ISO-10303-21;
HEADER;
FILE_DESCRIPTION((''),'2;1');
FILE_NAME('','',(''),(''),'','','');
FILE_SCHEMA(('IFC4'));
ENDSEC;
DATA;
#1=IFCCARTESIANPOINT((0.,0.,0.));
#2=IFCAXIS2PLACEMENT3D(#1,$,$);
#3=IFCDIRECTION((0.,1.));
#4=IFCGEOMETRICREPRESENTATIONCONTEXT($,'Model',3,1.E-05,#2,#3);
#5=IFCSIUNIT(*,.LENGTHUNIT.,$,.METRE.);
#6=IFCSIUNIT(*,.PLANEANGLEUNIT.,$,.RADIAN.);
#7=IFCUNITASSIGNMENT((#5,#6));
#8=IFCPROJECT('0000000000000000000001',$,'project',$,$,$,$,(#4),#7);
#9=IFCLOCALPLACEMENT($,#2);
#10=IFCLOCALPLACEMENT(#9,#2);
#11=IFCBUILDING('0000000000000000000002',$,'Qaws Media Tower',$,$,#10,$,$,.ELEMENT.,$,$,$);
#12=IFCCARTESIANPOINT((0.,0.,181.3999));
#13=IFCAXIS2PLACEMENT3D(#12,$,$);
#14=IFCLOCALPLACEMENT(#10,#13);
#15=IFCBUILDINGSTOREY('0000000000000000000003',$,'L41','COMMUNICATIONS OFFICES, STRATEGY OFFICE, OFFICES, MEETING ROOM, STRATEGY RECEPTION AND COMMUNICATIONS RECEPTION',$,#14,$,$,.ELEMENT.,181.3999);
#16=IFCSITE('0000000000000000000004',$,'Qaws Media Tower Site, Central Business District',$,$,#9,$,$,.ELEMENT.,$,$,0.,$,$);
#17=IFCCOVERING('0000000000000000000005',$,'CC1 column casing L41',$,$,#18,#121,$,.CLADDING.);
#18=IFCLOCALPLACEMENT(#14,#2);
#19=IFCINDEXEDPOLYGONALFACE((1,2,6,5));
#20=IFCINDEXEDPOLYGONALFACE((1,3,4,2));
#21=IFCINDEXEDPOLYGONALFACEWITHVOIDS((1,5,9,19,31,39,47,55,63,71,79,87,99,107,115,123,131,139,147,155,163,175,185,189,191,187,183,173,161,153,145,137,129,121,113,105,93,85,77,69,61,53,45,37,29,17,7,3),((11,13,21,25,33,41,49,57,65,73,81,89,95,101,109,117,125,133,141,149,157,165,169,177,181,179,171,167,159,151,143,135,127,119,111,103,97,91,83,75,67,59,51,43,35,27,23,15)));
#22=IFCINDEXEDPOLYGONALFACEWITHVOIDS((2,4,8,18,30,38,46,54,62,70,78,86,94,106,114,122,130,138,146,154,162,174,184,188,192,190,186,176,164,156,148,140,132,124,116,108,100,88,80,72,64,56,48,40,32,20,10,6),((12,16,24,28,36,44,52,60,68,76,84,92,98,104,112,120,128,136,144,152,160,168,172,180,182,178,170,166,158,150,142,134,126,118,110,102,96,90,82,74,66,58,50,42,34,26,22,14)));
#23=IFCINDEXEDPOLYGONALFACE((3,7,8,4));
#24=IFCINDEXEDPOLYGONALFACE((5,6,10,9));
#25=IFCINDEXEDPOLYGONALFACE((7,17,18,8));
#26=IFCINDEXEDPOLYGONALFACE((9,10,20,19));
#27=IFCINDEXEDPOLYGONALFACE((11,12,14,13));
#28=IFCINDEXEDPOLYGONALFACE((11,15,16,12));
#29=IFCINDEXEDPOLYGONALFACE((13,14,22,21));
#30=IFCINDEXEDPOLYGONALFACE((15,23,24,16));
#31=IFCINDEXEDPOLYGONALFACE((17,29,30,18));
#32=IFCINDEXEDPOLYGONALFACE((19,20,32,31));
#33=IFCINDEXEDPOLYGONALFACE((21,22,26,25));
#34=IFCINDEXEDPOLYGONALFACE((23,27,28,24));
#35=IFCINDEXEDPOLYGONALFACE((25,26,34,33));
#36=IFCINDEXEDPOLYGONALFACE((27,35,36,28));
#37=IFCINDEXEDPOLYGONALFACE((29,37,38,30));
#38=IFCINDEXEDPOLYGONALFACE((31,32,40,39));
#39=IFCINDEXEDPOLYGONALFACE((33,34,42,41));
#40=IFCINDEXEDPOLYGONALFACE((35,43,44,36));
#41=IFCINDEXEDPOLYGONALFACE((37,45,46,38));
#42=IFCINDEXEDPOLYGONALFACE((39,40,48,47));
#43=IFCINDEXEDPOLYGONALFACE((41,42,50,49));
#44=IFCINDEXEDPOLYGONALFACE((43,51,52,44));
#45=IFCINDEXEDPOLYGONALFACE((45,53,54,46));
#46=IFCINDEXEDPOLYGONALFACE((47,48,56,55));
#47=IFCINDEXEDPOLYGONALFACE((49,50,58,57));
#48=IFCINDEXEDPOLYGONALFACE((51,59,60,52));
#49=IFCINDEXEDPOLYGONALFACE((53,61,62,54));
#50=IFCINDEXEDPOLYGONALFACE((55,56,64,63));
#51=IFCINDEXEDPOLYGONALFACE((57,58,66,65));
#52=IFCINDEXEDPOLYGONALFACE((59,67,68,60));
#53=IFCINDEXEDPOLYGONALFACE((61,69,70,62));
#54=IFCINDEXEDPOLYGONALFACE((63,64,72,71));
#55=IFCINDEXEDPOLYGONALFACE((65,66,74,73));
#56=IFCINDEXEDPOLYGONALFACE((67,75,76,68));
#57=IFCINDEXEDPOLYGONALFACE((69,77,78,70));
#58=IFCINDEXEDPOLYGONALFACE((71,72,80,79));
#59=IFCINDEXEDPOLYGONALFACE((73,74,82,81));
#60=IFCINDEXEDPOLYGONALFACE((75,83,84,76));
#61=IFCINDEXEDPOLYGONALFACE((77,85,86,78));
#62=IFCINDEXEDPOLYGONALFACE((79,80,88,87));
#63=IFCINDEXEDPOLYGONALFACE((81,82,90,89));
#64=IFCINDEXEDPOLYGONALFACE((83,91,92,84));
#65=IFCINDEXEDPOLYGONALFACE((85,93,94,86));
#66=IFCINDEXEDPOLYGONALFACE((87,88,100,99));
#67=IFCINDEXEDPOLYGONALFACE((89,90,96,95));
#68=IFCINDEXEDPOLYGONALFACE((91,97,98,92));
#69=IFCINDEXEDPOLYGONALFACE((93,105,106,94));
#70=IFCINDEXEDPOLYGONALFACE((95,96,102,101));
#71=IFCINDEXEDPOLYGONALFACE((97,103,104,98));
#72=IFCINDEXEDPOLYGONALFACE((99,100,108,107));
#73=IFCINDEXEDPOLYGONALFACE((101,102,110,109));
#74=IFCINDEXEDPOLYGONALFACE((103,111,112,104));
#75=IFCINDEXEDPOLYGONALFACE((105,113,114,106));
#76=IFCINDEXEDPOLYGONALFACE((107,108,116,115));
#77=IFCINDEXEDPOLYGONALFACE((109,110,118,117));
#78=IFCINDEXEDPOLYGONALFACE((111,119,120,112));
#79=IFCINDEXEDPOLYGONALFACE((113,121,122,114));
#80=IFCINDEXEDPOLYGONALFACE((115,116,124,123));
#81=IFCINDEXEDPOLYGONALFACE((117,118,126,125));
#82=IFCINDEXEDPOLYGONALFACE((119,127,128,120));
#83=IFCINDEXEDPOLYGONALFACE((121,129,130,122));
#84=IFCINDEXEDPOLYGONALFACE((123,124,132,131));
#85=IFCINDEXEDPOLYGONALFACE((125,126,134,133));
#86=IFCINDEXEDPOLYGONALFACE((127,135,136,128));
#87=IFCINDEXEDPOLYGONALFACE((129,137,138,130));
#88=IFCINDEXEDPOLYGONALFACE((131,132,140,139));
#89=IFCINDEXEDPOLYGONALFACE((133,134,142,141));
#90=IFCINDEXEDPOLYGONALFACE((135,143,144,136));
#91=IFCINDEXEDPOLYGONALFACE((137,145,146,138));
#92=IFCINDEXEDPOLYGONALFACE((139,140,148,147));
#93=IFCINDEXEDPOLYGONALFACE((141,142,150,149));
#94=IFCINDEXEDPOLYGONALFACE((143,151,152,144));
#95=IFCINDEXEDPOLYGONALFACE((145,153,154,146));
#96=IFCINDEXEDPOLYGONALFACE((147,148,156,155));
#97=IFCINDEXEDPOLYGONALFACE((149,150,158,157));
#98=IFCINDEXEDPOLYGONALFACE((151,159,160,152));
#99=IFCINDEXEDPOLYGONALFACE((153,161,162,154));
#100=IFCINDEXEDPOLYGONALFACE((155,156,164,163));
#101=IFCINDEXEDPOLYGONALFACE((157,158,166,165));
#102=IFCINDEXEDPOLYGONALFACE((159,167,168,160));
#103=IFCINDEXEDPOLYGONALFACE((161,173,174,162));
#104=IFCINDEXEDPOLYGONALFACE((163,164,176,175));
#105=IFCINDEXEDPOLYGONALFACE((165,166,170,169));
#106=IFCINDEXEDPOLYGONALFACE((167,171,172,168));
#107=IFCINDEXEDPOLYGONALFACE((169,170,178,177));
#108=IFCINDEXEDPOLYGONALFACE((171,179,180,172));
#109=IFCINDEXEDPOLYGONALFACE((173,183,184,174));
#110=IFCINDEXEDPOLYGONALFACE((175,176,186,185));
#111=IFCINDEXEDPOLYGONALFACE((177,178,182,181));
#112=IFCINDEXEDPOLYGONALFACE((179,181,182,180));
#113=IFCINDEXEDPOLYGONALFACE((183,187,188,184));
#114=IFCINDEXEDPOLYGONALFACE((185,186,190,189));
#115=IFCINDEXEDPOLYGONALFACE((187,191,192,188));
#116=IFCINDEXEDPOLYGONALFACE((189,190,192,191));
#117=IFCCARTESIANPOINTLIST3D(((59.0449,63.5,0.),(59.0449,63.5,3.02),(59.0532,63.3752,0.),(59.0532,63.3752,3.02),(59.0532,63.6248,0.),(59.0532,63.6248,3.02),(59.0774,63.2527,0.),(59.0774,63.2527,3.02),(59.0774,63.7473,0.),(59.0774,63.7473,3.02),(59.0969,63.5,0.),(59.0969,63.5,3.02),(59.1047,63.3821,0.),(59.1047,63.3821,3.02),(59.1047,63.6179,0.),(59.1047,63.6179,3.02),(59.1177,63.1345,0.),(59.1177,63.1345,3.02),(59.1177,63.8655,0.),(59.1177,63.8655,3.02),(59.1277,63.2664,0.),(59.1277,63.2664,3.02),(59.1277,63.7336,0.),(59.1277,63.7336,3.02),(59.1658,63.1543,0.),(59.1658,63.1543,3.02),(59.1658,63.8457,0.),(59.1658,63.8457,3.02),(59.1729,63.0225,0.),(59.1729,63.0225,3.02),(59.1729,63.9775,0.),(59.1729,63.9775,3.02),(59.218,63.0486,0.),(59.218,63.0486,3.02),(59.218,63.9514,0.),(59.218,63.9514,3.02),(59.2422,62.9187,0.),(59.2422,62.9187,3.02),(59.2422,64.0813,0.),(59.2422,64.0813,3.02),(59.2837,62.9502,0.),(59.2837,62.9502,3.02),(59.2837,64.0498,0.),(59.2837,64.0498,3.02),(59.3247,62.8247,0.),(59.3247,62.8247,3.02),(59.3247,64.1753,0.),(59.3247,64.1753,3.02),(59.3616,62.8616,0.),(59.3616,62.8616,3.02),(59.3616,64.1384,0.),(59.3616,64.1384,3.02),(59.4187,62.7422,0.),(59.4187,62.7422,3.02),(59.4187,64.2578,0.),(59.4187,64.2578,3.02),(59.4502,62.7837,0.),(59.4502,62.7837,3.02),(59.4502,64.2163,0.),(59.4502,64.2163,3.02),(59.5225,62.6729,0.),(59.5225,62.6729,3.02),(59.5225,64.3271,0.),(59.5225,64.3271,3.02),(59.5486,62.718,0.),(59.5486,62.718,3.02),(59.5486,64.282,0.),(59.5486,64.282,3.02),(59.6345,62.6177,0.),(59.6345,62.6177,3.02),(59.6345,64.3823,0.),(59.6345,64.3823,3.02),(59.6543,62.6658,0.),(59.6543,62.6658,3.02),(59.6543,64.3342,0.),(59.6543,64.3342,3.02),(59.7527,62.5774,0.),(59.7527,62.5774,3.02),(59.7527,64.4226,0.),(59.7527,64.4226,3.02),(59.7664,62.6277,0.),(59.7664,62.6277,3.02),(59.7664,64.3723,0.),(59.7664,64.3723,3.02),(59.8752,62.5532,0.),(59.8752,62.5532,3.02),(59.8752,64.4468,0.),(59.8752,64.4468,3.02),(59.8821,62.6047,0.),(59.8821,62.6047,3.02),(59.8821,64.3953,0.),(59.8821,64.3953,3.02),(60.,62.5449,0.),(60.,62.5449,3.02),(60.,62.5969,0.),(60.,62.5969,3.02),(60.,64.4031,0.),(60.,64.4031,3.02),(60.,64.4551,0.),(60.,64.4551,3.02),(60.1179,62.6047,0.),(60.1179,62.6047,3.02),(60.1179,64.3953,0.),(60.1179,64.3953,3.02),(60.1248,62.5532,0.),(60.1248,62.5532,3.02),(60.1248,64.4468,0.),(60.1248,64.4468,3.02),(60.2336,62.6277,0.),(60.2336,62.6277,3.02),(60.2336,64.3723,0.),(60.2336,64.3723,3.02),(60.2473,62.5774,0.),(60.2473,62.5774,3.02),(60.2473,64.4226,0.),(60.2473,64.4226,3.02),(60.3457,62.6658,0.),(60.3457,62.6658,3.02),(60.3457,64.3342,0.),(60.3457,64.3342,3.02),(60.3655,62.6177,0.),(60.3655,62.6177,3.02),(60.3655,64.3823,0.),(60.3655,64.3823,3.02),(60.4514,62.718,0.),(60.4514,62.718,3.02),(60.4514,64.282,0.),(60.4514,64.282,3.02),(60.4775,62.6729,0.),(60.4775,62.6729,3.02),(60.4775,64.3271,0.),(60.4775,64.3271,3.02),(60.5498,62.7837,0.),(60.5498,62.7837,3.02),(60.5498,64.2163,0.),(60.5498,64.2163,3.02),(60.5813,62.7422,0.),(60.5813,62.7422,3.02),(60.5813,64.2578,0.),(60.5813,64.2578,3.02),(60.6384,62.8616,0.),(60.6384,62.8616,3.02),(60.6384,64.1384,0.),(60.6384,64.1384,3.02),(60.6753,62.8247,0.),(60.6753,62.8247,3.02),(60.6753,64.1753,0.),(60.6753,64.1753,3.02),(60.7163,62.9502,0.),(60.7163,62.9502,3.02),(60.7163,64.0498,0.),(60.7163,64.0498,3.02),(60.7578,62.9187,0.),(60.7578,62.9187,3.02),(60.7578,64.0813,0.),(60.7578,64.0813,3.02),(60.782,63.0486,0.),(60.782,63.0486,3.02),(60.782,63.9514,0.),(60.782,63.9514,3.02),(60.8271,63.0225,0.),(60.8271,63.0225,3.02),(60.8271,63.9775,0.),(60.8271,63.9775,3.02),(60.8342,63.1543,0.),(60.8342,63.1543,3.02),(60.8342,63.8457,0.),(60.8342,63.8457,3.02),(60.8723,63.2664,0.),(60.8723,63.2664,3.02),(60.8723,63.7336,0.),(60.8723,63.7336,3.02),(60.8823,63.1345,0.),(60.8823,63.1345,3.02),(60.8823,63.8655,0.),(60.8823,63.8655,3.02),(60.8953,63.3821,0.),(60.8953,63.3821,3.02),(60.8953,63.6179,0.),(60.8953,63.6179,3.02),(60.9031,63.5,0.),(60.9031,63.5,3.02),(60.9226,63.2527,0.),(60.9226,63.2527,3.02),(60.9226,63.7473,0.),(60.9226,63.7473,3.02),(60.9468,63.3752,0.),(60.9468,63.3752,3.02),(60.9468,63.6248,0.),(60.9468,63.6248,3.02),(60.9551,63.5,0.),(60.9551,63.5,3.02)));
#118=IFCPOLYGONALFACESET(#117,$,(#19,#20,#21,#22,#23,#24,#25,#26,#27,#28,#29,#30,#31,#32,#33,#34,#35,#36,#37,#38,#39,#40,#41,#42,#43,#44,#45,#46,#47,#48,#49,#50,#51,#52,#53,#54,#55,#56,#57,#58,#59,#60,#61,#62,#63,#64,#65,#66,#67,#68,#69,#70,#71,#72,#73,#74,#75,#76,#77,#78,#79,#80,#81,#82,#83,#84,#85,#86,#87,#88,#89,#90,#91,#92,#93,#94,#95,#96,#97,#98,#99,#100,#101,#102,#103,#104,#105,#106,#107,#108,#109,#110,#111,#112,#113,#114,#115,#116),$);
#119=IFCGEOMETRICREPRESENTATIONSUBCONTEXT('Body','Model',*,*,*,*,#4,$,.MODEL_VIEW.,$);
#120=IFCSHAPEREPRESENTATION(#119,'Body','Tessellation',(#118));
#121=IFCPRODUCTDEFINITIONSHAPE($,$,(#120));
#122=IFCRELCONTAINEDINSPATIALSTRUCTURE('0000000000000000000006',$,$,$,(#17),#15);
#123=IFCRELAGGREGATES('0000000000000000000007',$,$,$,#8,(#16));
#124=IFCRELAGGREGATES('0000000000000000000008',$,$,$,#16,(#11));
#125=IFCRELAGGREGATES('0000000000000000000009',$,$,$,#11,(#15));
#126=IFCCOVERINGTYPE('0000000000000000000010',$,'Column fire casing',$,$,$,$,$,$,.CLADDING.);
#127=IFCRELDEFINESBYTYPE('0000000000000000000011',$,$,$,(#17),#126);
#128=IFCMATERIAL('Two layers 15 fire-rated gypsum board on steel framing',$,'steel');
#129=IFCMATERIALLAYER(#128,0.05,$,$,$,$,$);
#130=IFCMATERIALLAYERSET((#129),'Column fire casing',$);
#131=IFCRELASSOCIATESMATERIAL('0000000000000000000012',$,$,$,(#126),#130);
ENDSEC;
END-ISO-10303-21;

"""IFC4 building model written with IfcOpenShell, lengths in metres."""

from ifc_helpers import new_model, si_unit, direction, frame, origin, place, context, subcontext, project, spatial, polyline, outline, extrude, material, layer, layer_set, type_object, element, save


model = new_model("IFC4")

# Units and contexts
model_context = context("Model", 3, precision=1e-05, world=origin(), true_north=direction((0.0, 1.0)))
body_context = subcontext(model_context, "Body", "Model", "MODEL_VIEW")
ifc_project = project(units=[si_unit("LENGTHUNIT", "METRE"), si_unit("PLANEANGLEUNIT", "RADIAN")], contexts=[model_context])

# Site, building, storey
site_placement = place(None, origin())
site = spatial("IfcSite", under=ifc_project, at=site_placement, Name="Qaws Media Tower Site, Central Business District", CompositionType="ELEMENT", RefElevation=0.0)
building_placement = place(site_placement, origin())
building = spatial("IfcBuilding", under=site, at=building_placement, Name="Qaws Media Tower", CompositionType="ELEMENT")
storey_placement = place(building_placement, frame((0.0, 0.0, 181.3999)))
storey = spatial("IfcBuildingStorey", under=building, at=storey_placement, Name="L41", Description="COMMUNICATIONS OFFICES, STRATEGY OFFICE, OFFICES, MEETING ROOM, STRATEGY RECEPTION AND COMMUNICATIONS RECEPTION", CompositionType="ELEMENT", Elevation=181.3999)

# Covering
ifc_material_1 = material(Name="Two layers 15 fire-rated gypsum board on steel framing", Category="steel")
ifc_layer_1 = layer(ifc_material_1, 0.05)
ifc_layer_set_1 = layer_set([ifc_layer_1], Name="Column fire casing")
covering_type = type_object("IfcCoveringType", Name="Column fire casing", PredefinedType="CLADDING", material=ifc_layer_set_1)
covering_1_placement = place(storey_placement, origin())
element("IfcCovering", 1, at=covering_1_placement, inside=storey, type_object=covering_type, Name="CC1 column casing L41", PredefinedType="CLADDING", context=body_context, shape_type="SweptSolid", body=[
    extrude(outline(polyline([(60.9551, 63.5), (60.9468, 63.3752), (60.9226, 63.2527), (60.8823, 63.1345), (60.8271, 63.0225), (60.7578, 62.9187), (60.6753, 62.8247), (60.5813, 62.7422), (60.4775, 62.6729), (60.3655, 62.6177), (60.2473, 62.5774), (60.1248, 62.5532), (60.0, 62.5449), (59.8752, 62.5532), (59.7527, 62.5774), (59.6345, 62.6177), (59.5225, 62.6729), (59.4187, 62.7422), (59.3247, 62.8247), (59.2422, 62.9187), (59.1729, 63.0225), (59.1177, 63.1345), (59.0774, 63.2527), (59.0532, 63.3752), (59.0449, 63.5), (59.0532, 63.6248), (59.0774, 63.7473), (59.1177, 63.8655), (59.1729, 63.9775), (59.2422, 64.0813), (59.3247, 64.1753), (59.4187, 64.2578), (59.5225, 64.3271), (59.6345, 64.3823), (59.7527, 64.4226), (59.8752, 64.4468), (60.0, 64.4551), (60.1248, 64.4468), (60.2473, 64.4226), (60.3655, 64.3823), (60.4775, 64.3271), (60.5813, 64.2578), (60.6753, 64.1753), (60.7578, 64.0813), (60.8271, 63.9775), (60.8823, 63.8655), (60.9226, 63.7473), (60.9468, 63.6248), (60.9551, 63.5)]), holes=[polyline([(60.9031, 63.5), (60.8953, 63.3821), (60.8723, 63.2664), (60.8342, 63.1543), (60.782, 63.0486), (60.7163, 62.9502), (60.6384, 62.8616), (60.5498, 62.7837), (60.4514, 62.718), (60.3457, 62.6658), (60.2336, 62.6277), (60.1179, 62.6047), (60.0, 62.5969), (59.8821, 62.6047), (59.7664, 62.6277), (59.6543, 62.6658), (59.5486, 62.718), (59.4502, 62.7837), (59.3616, 62.8616), (59.2837, 62.9502), (59.218, 63.0486), (59.1658, 63.1543), (59.1277, 63.2664), (59.1047, 63.3821), (59.0969, 63.5), (59.1047, 63.6179), (59.1277, 63.7336), (59.1658, 63.8457), (59.218, 63.9514), (59.2837, 64.0498), (59.3616, 64.1384), (59.4502, 64.2163), (59.5486, 64.282), (59.6543, 64.3342), (59.7664, 64.3723), (59.8821, 64.3953), (60.0, 64.4031), (60.1179, 64.3953), (60.2336, 64.3723), (60.3457, 64.3342), (60.4514, 64.282), (60.5498, 64.2163), (60.6384, 64.1384), (60.7163, 64.0498), (60.782, 63.9514), (60.8342, 63.8457), (60.8723, 63.7336), (60.8953, 63.6179), (60.9031, 63.5)])]), origin(), (0.0, 0.0, 1.0), 3.02),
])

save(model, "model.ifc")
